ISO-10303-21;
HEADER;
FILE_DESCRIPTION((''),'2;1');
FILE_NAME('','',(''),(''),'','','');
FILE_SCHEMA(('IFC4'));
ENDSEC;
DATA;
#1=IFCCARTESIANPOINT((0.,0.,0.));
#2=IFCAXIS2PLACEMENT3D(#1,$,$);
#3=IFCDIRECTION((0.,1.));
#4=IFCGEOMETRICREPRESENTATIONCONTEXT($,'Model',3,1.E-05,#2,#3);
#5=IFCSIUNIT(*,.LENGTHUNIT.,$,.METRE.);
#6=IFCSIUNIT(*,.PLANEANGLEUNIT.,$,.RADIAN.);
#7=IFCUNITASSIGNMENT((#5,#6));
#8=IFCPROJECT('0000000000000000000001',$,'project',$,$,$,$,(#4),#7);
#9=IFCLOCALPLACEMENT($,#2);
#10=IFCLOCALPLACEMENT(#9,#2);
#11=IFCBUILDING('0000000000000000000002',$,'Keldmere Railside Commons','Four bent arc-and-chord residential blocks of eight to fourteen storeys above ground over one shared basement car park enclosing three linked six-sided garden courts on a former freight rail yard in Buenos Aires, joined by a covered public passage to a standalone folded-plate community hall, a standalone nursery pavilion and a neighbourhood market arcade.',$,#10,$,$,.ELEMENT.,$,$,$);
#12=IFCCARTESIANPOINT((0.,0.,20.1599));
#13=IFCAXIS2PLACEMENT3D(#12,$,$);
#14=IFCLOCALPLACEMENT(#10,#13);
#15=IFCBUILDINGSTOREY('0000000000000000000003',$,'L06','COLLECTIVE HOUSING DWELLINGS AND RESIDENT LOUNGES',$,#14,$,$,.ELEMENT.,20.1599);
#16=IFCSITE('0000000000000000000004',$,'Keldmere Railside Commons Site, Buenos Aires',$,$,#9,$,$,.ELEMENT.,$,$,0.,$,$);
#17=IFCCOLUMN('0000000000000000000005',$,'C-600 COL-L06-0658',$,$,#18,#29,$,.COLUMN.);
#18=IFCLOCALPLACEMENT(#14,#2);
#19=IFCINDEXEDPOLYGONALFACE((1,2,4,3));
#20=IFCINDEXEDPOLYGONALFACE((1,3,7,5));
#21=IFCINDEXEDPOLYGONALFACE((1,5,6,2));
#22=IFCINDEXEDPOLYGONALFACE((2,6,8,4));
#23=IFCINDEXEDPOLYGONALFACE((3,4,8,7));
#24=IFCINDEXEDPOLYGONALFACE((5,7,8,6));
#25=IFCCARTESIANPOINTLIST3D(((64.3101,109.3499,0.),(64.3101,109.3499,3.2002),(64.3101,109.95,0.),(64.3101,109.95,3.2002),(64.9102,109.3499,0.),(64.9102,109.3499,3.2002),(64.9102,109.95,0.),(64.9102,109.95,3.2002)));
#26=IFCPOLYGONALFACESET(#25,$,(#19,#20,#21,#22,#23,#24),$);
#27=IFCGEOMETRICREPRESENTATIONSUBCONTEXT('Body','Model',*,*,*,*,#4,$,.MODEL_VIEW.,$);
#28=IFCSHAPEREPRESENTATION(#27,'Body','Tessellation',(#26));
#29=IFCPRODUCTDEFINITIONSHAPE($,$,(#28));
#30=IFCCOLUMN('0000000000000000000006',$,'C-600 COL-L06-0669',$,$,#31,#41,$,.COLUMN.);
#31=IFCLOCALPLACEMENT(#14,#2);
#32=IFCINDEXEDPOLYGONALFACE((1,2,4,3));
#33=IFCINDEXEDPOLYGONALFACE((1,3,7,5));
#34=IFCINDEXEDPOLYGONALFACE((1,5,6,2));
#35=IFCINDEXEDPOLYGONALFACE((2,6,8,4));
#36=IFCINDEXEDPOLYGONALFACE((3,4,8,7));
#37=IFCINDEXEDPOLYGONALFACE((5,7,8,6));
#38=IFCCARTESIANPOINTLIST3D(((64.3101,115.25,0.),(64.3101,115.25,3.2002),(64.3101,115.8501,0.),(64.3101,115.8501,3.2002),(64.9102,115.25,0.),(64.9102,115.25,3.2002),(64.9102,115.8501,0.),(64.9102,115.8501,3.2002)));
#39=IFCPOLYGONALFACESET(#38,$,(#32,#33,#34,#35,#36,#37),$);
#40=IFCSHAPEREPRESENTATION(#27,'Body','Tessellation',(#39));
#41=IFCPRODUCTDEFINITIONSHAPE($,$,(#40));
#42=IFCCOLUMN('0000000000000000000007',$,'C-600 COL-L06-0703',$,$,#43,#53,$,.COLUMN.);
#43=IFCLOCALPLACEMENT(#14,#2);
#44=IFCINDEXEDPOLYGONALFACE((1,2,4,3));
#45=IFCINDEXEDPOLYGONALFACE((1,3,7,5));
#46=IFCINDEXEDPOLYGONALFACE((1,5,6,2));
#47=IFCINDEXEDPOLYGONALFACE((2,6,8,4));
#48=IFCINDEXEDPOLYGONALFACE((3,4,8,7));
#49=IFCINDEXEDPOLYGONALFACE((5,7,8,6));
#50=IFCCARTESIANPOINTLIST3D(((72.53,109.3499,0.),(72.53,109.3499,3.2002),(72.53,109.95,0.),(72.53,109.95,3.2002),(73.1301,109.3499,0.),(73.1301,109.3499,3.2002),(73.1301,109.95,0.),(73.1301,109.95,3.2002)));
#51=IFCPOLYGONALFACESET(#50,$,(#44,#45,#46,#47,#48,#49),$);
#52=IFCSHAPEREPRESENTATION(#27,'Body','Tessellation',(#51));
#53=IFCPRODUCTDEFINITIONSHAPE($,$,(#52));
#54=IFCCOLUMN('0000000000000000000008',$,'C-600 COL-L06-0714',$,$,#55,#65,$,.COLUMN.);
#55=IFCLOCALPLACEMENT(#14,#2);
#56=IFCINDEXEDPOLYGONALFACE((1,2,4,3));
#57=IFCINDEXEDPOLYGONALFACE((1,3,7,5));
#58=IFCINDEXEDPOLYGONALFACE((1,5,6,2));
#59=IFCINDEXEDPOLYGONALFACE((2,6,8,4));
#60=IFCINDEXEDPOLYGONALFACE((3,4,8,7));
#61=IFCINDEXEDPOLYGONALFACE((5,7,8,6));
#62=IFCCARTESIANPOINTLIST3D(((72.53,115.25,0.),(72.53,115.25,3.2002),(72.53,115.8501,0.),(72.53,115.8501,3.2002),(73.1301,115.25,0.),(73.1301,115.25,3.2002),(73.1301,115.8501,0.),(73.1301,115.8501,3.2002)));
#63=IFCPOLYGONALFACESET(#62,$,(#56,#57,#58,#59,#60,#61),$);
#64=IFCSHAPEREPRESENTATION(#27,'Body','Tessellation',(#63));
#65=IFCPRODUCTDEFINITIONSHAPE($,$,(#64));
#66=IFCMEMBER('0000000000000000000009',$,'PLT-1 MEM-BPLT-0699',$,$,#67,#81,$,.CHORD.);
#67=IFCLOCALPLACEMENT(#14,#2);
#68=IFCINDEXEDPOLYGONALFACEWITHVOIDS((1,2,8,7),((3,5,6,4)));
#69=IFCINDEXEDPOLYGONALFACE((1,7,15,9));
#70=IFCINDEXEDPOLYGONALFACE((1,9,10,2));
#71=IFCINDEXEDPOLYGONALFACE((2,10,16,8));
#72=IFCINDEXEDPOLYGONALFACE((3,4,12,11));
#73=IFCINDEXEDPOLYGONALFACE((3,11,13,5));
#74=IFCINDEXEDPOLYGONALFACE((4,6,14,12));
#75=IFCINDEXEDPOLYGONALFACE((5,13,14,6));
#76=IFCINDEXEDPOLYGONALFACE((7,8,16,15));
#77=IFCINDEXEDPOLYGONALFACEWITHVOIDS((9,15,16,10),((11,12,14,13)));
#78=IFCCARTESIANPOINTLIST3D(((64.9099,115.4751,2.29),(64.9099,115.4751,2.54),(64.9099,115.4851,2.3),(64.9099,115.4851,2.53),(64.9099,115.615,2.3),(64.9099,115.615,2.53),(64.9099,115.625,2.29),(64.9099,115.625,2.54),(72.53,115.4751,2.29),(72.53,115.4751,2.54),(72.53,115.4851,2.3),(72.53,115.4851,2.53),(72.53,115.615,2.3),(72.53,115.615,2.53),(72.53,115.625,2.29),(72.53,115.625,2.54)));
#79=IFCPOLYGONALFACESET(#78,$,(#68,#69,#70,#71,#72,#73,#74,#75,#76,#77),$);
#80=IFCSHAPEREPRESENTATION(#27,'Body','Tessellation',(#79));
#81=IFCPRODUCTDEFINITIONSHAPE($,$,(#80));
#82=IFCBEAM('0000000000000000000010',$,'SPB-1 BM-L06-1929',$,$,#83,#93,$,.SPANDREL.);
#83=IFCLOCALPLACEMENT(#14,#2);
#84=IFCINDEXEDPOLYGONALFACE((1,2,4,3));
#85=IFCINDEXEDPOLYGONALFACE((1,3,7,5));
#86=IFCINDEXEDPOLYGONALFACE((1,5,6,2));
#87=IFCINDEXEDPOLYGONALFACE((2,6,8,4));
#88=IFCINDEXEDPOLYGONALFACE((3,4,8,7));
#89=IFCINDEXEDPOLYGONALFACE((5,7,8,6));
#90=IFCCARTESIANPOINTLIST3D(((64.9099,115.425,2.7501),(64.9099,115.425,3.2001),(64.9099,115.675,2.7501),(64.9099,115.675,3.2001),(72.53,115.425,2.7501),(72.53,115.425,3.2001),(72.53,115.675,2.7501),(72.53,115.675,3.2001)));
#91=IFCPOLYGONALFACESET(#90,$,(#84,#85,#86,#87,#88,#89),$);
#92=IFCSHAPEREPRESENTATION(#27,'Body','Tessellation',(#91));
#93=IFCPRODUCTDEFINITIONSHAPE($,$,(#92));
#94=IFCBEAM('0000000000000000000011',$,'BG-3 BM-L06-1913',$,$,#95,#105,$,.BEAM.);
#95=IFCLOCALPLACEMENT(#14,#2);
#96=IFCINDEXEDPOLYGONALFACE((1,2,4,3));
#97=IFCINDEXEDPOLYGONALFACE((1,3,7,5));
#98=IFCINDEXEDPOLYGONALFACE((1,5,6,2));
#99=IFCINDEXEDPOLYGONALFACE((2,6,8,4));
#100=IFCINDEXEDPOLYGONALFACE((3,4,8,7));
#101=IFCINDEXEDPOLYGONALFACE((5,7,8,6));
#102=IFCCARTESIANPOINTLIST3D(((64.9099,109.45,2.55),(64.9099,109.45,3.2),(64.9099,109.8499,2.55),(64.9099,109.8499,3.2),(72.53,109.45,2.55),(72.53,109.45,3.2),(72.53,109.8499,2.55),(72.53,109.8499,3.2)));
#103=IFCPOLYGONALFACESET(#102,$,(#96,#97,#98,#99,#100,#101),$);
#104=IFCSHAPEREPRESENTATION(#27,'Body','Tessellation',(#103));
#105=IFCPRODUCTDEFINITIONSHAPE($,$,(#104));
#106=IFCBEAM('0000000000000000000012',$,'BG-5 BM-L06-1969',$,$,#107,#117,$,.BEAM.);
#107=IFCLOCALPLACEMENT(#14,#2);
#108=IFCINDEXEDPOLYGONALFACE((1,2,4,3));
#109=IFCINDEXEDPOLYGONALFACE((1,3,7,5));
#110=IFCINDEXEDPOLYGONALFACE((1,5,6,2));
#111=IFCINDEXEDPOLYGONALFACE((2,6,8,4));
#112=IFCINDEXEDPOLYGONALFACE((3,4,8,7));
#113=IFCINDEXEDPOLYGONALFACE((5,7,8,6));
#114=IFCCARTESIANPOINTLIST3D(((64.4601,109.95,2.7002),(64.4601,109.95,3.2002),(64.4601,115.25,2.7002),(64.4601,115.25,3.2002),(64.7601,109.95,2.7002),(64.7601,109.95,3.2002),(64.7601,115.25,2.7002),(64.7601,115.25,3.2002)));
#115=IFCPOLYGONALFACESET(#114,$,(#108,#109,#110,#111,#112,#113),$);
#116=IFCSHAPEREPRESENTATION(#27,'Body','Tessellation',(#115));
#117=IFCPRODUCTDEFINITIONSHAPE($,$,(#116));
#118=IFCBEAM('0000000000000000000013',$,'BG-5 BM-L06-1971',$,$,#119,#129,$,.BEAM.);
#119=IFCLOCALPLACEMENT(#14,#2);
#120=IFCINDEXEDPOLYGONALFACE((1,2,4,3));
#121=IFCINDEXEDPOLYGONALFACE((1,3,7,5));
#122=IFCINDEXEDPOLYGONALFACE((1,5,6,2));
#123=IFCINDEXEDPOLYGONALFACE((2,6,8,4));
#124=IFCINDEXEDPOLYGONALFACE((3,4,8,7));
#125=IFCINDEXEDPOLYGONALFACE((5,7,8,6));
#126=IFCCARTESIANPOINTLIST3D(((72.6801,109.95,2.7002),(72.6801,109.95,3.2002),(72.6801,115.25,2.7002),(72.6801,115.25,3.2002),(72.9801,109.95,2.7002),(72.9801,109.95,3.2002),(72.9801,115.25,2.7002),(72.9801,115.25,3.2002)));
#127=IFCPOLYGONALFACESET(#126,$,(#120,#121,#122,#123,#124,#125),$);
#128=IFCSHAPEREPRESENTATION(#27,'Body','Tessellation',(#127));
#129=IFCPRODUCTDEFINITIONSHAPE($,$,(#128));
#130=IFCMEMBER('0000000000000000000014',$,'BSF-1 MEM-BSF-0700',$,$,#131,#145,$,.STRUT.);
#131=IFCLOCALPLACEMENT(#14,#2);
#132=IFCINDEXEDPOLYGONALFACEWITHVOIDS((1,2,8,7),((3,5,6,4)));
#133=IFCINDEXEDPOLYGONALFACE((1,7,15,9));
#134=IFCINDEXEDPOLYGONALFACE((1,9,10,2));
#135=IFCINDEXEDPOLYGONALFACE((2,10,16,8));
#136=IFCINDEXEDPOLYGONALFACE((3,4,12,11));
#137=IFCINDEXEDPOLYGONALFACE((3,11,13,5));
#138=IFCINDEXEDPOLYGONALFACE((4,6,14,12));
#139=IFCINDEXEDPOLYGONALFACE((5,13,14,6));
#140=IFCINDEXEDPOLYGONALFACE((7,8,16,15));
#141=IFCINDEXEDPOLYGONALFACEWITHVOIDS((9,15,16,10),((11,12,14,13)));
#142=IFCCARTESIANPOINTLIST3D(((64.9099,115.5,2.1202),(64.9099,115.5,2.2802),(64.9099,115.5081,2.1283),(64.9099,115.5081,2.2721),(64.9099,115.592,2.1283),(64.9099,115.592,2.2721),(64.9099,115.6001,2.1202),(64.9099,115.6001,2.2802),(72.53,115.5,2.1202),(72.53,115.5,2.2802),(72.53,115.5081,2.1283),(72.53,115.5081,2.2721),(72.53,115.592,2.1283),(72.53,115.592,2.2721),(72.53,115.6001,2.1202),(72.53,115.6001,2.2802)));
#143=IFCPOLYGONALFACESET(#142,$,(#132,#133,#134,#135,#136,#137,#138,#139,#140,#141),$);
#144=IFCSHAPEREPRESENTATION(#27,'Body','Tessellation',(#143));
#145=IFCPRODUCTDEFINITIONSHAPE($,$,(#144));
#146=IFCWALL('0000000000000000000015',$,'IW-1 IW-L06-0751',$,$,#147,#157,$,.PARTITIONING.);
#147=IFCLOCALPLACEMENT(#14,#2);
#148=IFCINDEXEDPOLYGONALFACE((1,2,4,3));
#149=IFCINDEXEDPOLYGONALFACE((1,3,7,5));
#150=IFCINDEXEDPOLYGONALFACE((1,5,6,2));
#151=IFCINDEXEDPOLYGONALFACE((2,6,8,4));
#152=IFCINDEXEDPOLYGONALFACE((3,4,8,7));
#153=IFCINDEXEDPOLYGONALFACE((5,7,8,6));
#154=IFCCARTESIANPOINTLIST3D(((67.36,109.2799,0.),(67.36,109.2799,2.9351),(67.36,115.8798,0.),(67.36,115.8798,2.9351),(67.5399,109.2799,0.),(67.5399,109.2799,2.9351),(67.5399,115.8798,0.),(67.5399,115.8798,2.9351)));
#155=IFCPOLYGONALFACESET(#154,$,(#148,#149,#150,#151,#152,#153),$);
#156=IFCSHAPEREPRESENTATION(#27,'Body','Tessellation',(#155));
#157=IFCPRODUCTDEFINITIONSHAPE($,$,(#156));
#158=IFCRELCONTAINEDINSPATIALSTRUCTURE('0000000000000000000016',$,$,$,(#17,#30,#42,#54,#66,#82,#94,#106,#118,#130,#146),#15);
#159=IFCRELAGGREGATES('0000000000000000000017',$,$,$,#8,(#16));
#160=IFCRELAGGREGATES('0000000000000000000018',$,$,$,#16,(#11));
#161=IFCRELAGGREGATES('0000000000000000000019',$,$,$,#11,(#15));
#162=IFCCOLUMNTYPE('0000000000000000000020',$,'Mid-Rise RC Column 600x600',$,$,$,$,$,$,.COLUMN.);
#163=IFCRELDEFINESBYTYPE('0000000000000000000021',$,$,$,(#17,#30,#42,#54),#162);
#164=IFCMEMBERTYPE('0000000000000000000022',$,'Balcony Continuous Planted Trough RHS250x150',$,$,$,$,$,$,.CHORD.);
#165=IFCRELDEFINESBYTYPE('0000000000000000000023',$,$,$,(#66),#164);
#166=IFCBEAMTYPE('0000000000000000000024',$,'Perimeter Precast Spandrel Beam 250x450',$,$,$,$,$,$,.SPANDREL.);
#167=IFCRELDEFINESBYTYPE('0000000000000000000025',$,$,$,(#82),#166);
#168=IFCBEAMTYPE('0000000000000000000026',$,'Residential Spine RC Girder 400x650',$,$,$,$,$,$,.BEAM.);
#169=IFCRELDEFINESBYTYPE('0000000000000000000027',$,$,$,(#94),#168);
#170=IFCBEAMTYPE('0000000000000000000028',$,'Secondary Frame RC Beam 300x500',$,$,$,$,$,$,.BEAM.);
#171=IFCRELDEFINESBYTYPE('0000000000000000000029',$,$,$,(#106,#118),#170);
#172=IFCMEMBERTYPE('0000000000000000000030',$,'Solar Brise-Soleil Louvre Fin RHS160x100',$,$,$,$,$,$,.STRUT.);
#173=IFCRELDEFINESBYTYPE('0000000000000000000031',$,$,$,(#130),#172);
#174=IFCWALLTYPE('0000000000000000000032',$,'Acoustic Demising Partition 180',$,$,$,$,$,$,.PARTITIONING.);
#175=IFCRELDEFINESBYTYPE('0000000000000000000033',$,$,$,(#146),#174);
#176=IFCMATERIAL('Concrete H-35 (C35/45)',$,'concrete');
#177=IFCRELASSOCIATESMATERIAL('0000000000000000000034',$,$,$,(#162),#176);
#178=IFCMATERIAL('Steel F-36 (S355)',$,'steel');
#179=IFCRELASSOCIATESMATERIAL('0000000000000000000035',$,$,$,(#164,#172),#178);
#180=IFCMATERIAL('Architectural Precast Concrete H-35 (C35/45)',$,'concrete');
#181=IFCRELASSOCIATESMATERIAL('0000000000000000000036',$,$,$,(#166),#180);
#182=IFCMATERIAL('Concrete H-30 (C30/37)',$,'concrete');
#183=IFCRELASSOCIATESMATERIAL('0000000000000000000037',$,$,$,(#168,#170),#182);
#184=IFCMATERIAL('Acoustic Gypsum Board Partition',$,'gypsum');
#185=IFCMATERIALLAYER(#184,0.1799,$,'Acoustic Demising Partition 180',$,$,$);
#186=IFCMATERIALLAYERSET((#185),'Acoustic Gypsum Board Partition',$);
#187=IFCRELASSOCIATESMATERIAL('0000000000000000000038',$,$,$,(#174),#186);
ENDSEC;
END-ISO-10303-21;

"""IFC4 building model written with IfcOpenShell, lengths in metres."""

from ifc_helpers import new_model, si_unit, direction, frame, frame_2d, origin, origin_2d, place, context, subcontext, project, spatial, rectangle, hollow_rectangle, extrude, material, layer, layer_set, material_profile, profile_set, type_object, element, save


model = new_model("IFC4")

# Units and contexts
model_context = context("Model", 3, precision=1e-05, world=origin(), true_north=direction((0.0, 1.0)))
body_context = subcontext(model_context, "Body", "Model", "MODEL_VIEW")
ifc_project = project(units=[si_unit("LENGTHUNIT", "METRE"), si_unit("PLANEANGLEUNIT", "RADIAN")], contexts=[model_context])

# Site, building, storey
site_placement = place(None, origin())
site = spatial("IfcSite", under=ifc_project, at=site_placement, Name="Keldmere Railside Commons Site, Buenos Aires", CompositionType="ELEMENT", RefElevation=0.0)
building_placement = place(site_placement, origin())
building = spatial("IfcBuilding", under=site, at=building_placement, Name="Keldmere Railside Commons", Description="Four bent arc-and-chord residential blocks of eight to fourteen storeys above ground over one shared basement car park enclosing three linked six-sided garden courts on a former freight rail yard in Buenos Aires, joined by a covered public passage to a standalone folded-plate community hall, a standalone nursery pavilion and a neighbourhood market arcade.", CompositionType="ELEMENT")
storey_placement = place(building_placement, frame((0.0, 0.0, 20.1599)))
storey = spatial("IfcBuildingStorey", under=building, at=storey_placement, Name="L06", Description="COLLECTIVE HOUSING DWELLINGS AND RESIDENT LOUNGES", CompositionType="ELEMENT", Elevation=20.1599)

# Columns
ifc_material_1 = material(Name="Concrete H-35 (C35/45)", Category="concrete")
ifc_material_profile_1 = material_profile(ifc_material_1, rectangle(XDim=0.6001, YDim=0.6001, at=origin_2d()), Name="RC-600x600")
ifc_profile_set_1 = profile_set([ifc_material_profile_1], Name="Concrete H-35 (C35/45)")
column_type = type_object("IfcColumnType", Name="Mid-Rise RC Column 600x600", PredefinedType="COLUMN", material=ifc_profile_set_1)
for number, where, z_axis, x_axis, name in (
    (1, (64.6101, 109.6499, 0.0), (0.0, 0.0, 1.0), (1.0, 0.0, 0.0), "C-600 COL-L06-0658"),
    (2, (64.6101, 115.55, 0.0), (0.0, 0.0, 1.0), (1.0, 0.0, 0.0), "C-600 COL-L06-0669"),
    (3, (72.8301, 109.6499, 0.0), (0.0, 0.0, 1.0), (1.0, 0.0, 0.0), "C-600 COL-L06-0703"),
    (4, (72.8301, 115.55, 0.0), (0.0, 0.0, 1.0), (1.0, 0.0, 0.0), "C-600 COL-L06-0714"),
):
    element("IfcColumn", number, at=place(storey_placement, frame(where, z_axis=z_axis, x_axis=x_axis)), inside=storey, type_object=column_type, Name=name, PredefinedType="COLUMN", context=body_context, shape_type="SweptSolid", body=[
        extrude(rectangle(XDim=0.6001, YDim=0.6001, at=origin_2d()), origin(), (0.0, 0.0, 1.0), 3.2002),
    ])

# Member
ifc_material_2 = material(Name="Steel F-36 (S355)", Category="steel")
ifc_material_profile_2 = material_profile(ifc_material_2, hollow_rectangle(XDim=0.1499, YDim=0.25, WallThickness=0.01, at=origin_2d()), Name="RHS-250x150x10")
ifc_profile_set_2 = profile_set([ifc_material_profile_2], Name="Steel F-36 (S355)")
member_type_1 = type_object("IfcMemberType", Name="Balcony Continuous Planted Trough RHS250x150", PredefinedType="CHORD", material=ifc_profile_set_2)
member_1_placement = place(storey_placement, frame((64.9099, 115.55, 2.415), z_axis=(1.0, 0.0, 0.0), x_axis=(0.0, 1.0, 0.0)))
element("IfcMember", 5, at=member_1_placement, inside=storey, type_object=member_type_1, Name="PLT-1 MEM-BPLT-0699", PredefinedType="CHORD", context=body_context, shape_type="SweptSolid", body=[
    extrude(hollow_rectangle(XDim=0.1499, YDim=0.25, WallThickness=0.01, at=origin_2d()), origin(), (0.0, 0.0, 1.0), 7.6201),
])

# Beams
ifc_material_3 = material(Name="Architectural Precast Concrete H-35 (C35/45)", Category="concrete")
ifc_material_profile_3 = material_profile(ifc_material_3, rectangle(XDim=0.25, YDim=0.45, at=origin_2d()), Name="RC-250x450")
ifc_profile_set_3 = profile_set([ifc_material_profile_3], Name="Architectural Precast Concrete H-35 (C35/45)")
beam_type_1 = type_object("IfcBeamType", Name="Perimeter Precast Spandrel Beam 250x450", PredefinedType="SPANDREL", material=ifc_profile_set_3)
beam_1_placement = place(storey_placement, frame((64.9099, 115.55, 2.9751), z_axis=(1.0, 0.0, 0.0), x_axis=(0.0, 1.0, 0.0)))
element("IfcBeam", 6, at=beam_1_placement, inside=storey, type_object=beam_type_1, Name="SPB-1 BM-L06-1929", PredefinedType="SPANDREL", context=body_context, shape_type="SweptSolid", body=[
    extrude(rectangle(XDim=0.25, YDim=0.45, at=origin_2d()), origin(), (0.0, 0.0, 1.0), 7.6201),
])
ifc_material_4 = material(Name="Concrete H-30 (C30/37)", Category="concrete")
ifc_material_profile_4 = material_profile(ifc_material_4, rectangle(XDim=0.3999, YDim=0.6499, at=origin_2d()), Name="RC-400x650")
ifc_profile_set_4 = profile_set([ifc_material_profile_4], Name="Concrete H-30 (C30/37)")
beam_type_2 = type_object("IfcBeamType", Name="Residential Spine RC Girder 400x650", PredefinedType="BEAM", material=ifc_profile_set_4)
beam_2_placement = place(storey_placement, frame((64.9099, 109.6499, 2.875), z_axis=(1.0, 0.0, 0.0), x_axis=(0.0, 1.0, 0.0)))
element("IfcBeam", 7, at=beam_2_placement, inside=storey, type_object=beam_type_2, Name="BG-3 BM-L06-1913", PredefinedType="BEAM", context=body_context, shape_type="SweptSolid", body=[
    extrude(rectangle(XDim=0.3999, YDim=0.6499, at=origin_2d()), origin(), (0.0, 0.0, 1.0), 7.6201),
])
ifc_material_profile_5 = material_profile(ifc_material_4, rectangle(XDim=0.3, YDim=0.5, at=origin_2d()), Name="RC-300x500")
ifc_profile_set_5 = profile_set([ifc_material_profile_5], Name="Concrete H-30 (C30/37)")
beam_type_3 = type_object("IfcBeamType", Name="Secondary Frame RC Beam 300x500", PredefinedType="BEAM", material=ifc_profile_set_5)
for number, where, z_axis, x_axis, name in (
    (8, (64.6101, 109.95, 2.9502), (0.0, 1.0, 0.0), (-1.0, 0.0, 0.0), "BG-5 BM-L06-1969"),
    (9, (72.8301, 109.95, 2.9502), (0.0, 1.0, 0.0), (-1.0, 0.0, 0.0), "BG-5 BM-L06-1971"),
):
    element("IfcBeam", number, at=place(storey_placement, frame(where, z_axis=z_axis, x_axis=x_axis)), inside=storey, type_object=beam_type_3, Name=name, PredefinedType="BEAM", context=body_context, shape_type="SweptSolid", body=[
        extrude(rectangle(XDim=0.3, YDim=0.5, at=origin_2d()), origin(), (0.0, 0.0, 1.0), 5.3),
    ])

# Member
ifc_material_profile_6 = material_profile(ifc_material_2, hollow_rectangle(XDim=0.1001, YDim=0.1599, WallThickness=0.0081, at=origin_2d()), Name="RHS-160x100x8")
ifc_profile_set_6 = profile_set([ifc_material_profile_6], Name="Steel F-36 (S355)")
member_type_2 = type_object("IfcMemberType", Name="Solar Brise-Soleil Louvre Fin RHS160x100", PredefinedType="STRUT", material=ifc_profile_set_6)
member_2_placement = place(storey_placement, frame((64.9099, 115.55, 2.2002), z_axis=(1.0, 0.0, 0.0), x_axis=(0.0, 1.0, 0.0)))
element("IfcMember", 10, at=member_2_placement, inside=storey, type_object=member_type_2, Name="BSF-1 MEM-BSF-0700", PredefinedType="STRUT", context=body_context, shape_type="SweptSolid", body=[
    extrude(hollow_rectangle(XDim=0.1001, YDim=0.1599, WallThickness=0.0081, at=origin_2d()), origin(), (0.0, 0.0, 1.0), 7.6201),
])

# Wall
ifc_material_5 = material(Name="Acoustic Gypsum Board Partition", Category="gypsum")
ifc_layer_1 = layer(ifc_material_5, 0.1799, Name="Acoustic Demising Partition 180")
ifc_layer_set_1 = layer_set([ifc_layer_1], Name="Acoustic Gypsum Board Partition")
wall_type_1 = type_object("IfcWallType", Name="Acoustic Demising Partition 180", PredefinedType="PARTITIONING", material=ifc_layer_set_1)
wall_1_placement = place(storey_placement, frame((67.45, 109.28, 0.0), z_axis=(0.0, 0.0, 1.0), x_axis=(0.0, 1.0, 0.0)))
element("IfcWall", 11, at=wall_1_placement, inside=storey, type_object=wall_type_1, Name="IW-1 IW-L06-0751", PredefinedType="PARTITIONING", context=body_context, shape_type="SweptSolid", body=[
    extrude(rectangle(XDim=6.5999, YDim=0.1799, at=frame_2d((3.2998, 0.0))), origin(), (0.0, 0.0, 1.0), 2.9351),
])

save(model, "model.ifc")
